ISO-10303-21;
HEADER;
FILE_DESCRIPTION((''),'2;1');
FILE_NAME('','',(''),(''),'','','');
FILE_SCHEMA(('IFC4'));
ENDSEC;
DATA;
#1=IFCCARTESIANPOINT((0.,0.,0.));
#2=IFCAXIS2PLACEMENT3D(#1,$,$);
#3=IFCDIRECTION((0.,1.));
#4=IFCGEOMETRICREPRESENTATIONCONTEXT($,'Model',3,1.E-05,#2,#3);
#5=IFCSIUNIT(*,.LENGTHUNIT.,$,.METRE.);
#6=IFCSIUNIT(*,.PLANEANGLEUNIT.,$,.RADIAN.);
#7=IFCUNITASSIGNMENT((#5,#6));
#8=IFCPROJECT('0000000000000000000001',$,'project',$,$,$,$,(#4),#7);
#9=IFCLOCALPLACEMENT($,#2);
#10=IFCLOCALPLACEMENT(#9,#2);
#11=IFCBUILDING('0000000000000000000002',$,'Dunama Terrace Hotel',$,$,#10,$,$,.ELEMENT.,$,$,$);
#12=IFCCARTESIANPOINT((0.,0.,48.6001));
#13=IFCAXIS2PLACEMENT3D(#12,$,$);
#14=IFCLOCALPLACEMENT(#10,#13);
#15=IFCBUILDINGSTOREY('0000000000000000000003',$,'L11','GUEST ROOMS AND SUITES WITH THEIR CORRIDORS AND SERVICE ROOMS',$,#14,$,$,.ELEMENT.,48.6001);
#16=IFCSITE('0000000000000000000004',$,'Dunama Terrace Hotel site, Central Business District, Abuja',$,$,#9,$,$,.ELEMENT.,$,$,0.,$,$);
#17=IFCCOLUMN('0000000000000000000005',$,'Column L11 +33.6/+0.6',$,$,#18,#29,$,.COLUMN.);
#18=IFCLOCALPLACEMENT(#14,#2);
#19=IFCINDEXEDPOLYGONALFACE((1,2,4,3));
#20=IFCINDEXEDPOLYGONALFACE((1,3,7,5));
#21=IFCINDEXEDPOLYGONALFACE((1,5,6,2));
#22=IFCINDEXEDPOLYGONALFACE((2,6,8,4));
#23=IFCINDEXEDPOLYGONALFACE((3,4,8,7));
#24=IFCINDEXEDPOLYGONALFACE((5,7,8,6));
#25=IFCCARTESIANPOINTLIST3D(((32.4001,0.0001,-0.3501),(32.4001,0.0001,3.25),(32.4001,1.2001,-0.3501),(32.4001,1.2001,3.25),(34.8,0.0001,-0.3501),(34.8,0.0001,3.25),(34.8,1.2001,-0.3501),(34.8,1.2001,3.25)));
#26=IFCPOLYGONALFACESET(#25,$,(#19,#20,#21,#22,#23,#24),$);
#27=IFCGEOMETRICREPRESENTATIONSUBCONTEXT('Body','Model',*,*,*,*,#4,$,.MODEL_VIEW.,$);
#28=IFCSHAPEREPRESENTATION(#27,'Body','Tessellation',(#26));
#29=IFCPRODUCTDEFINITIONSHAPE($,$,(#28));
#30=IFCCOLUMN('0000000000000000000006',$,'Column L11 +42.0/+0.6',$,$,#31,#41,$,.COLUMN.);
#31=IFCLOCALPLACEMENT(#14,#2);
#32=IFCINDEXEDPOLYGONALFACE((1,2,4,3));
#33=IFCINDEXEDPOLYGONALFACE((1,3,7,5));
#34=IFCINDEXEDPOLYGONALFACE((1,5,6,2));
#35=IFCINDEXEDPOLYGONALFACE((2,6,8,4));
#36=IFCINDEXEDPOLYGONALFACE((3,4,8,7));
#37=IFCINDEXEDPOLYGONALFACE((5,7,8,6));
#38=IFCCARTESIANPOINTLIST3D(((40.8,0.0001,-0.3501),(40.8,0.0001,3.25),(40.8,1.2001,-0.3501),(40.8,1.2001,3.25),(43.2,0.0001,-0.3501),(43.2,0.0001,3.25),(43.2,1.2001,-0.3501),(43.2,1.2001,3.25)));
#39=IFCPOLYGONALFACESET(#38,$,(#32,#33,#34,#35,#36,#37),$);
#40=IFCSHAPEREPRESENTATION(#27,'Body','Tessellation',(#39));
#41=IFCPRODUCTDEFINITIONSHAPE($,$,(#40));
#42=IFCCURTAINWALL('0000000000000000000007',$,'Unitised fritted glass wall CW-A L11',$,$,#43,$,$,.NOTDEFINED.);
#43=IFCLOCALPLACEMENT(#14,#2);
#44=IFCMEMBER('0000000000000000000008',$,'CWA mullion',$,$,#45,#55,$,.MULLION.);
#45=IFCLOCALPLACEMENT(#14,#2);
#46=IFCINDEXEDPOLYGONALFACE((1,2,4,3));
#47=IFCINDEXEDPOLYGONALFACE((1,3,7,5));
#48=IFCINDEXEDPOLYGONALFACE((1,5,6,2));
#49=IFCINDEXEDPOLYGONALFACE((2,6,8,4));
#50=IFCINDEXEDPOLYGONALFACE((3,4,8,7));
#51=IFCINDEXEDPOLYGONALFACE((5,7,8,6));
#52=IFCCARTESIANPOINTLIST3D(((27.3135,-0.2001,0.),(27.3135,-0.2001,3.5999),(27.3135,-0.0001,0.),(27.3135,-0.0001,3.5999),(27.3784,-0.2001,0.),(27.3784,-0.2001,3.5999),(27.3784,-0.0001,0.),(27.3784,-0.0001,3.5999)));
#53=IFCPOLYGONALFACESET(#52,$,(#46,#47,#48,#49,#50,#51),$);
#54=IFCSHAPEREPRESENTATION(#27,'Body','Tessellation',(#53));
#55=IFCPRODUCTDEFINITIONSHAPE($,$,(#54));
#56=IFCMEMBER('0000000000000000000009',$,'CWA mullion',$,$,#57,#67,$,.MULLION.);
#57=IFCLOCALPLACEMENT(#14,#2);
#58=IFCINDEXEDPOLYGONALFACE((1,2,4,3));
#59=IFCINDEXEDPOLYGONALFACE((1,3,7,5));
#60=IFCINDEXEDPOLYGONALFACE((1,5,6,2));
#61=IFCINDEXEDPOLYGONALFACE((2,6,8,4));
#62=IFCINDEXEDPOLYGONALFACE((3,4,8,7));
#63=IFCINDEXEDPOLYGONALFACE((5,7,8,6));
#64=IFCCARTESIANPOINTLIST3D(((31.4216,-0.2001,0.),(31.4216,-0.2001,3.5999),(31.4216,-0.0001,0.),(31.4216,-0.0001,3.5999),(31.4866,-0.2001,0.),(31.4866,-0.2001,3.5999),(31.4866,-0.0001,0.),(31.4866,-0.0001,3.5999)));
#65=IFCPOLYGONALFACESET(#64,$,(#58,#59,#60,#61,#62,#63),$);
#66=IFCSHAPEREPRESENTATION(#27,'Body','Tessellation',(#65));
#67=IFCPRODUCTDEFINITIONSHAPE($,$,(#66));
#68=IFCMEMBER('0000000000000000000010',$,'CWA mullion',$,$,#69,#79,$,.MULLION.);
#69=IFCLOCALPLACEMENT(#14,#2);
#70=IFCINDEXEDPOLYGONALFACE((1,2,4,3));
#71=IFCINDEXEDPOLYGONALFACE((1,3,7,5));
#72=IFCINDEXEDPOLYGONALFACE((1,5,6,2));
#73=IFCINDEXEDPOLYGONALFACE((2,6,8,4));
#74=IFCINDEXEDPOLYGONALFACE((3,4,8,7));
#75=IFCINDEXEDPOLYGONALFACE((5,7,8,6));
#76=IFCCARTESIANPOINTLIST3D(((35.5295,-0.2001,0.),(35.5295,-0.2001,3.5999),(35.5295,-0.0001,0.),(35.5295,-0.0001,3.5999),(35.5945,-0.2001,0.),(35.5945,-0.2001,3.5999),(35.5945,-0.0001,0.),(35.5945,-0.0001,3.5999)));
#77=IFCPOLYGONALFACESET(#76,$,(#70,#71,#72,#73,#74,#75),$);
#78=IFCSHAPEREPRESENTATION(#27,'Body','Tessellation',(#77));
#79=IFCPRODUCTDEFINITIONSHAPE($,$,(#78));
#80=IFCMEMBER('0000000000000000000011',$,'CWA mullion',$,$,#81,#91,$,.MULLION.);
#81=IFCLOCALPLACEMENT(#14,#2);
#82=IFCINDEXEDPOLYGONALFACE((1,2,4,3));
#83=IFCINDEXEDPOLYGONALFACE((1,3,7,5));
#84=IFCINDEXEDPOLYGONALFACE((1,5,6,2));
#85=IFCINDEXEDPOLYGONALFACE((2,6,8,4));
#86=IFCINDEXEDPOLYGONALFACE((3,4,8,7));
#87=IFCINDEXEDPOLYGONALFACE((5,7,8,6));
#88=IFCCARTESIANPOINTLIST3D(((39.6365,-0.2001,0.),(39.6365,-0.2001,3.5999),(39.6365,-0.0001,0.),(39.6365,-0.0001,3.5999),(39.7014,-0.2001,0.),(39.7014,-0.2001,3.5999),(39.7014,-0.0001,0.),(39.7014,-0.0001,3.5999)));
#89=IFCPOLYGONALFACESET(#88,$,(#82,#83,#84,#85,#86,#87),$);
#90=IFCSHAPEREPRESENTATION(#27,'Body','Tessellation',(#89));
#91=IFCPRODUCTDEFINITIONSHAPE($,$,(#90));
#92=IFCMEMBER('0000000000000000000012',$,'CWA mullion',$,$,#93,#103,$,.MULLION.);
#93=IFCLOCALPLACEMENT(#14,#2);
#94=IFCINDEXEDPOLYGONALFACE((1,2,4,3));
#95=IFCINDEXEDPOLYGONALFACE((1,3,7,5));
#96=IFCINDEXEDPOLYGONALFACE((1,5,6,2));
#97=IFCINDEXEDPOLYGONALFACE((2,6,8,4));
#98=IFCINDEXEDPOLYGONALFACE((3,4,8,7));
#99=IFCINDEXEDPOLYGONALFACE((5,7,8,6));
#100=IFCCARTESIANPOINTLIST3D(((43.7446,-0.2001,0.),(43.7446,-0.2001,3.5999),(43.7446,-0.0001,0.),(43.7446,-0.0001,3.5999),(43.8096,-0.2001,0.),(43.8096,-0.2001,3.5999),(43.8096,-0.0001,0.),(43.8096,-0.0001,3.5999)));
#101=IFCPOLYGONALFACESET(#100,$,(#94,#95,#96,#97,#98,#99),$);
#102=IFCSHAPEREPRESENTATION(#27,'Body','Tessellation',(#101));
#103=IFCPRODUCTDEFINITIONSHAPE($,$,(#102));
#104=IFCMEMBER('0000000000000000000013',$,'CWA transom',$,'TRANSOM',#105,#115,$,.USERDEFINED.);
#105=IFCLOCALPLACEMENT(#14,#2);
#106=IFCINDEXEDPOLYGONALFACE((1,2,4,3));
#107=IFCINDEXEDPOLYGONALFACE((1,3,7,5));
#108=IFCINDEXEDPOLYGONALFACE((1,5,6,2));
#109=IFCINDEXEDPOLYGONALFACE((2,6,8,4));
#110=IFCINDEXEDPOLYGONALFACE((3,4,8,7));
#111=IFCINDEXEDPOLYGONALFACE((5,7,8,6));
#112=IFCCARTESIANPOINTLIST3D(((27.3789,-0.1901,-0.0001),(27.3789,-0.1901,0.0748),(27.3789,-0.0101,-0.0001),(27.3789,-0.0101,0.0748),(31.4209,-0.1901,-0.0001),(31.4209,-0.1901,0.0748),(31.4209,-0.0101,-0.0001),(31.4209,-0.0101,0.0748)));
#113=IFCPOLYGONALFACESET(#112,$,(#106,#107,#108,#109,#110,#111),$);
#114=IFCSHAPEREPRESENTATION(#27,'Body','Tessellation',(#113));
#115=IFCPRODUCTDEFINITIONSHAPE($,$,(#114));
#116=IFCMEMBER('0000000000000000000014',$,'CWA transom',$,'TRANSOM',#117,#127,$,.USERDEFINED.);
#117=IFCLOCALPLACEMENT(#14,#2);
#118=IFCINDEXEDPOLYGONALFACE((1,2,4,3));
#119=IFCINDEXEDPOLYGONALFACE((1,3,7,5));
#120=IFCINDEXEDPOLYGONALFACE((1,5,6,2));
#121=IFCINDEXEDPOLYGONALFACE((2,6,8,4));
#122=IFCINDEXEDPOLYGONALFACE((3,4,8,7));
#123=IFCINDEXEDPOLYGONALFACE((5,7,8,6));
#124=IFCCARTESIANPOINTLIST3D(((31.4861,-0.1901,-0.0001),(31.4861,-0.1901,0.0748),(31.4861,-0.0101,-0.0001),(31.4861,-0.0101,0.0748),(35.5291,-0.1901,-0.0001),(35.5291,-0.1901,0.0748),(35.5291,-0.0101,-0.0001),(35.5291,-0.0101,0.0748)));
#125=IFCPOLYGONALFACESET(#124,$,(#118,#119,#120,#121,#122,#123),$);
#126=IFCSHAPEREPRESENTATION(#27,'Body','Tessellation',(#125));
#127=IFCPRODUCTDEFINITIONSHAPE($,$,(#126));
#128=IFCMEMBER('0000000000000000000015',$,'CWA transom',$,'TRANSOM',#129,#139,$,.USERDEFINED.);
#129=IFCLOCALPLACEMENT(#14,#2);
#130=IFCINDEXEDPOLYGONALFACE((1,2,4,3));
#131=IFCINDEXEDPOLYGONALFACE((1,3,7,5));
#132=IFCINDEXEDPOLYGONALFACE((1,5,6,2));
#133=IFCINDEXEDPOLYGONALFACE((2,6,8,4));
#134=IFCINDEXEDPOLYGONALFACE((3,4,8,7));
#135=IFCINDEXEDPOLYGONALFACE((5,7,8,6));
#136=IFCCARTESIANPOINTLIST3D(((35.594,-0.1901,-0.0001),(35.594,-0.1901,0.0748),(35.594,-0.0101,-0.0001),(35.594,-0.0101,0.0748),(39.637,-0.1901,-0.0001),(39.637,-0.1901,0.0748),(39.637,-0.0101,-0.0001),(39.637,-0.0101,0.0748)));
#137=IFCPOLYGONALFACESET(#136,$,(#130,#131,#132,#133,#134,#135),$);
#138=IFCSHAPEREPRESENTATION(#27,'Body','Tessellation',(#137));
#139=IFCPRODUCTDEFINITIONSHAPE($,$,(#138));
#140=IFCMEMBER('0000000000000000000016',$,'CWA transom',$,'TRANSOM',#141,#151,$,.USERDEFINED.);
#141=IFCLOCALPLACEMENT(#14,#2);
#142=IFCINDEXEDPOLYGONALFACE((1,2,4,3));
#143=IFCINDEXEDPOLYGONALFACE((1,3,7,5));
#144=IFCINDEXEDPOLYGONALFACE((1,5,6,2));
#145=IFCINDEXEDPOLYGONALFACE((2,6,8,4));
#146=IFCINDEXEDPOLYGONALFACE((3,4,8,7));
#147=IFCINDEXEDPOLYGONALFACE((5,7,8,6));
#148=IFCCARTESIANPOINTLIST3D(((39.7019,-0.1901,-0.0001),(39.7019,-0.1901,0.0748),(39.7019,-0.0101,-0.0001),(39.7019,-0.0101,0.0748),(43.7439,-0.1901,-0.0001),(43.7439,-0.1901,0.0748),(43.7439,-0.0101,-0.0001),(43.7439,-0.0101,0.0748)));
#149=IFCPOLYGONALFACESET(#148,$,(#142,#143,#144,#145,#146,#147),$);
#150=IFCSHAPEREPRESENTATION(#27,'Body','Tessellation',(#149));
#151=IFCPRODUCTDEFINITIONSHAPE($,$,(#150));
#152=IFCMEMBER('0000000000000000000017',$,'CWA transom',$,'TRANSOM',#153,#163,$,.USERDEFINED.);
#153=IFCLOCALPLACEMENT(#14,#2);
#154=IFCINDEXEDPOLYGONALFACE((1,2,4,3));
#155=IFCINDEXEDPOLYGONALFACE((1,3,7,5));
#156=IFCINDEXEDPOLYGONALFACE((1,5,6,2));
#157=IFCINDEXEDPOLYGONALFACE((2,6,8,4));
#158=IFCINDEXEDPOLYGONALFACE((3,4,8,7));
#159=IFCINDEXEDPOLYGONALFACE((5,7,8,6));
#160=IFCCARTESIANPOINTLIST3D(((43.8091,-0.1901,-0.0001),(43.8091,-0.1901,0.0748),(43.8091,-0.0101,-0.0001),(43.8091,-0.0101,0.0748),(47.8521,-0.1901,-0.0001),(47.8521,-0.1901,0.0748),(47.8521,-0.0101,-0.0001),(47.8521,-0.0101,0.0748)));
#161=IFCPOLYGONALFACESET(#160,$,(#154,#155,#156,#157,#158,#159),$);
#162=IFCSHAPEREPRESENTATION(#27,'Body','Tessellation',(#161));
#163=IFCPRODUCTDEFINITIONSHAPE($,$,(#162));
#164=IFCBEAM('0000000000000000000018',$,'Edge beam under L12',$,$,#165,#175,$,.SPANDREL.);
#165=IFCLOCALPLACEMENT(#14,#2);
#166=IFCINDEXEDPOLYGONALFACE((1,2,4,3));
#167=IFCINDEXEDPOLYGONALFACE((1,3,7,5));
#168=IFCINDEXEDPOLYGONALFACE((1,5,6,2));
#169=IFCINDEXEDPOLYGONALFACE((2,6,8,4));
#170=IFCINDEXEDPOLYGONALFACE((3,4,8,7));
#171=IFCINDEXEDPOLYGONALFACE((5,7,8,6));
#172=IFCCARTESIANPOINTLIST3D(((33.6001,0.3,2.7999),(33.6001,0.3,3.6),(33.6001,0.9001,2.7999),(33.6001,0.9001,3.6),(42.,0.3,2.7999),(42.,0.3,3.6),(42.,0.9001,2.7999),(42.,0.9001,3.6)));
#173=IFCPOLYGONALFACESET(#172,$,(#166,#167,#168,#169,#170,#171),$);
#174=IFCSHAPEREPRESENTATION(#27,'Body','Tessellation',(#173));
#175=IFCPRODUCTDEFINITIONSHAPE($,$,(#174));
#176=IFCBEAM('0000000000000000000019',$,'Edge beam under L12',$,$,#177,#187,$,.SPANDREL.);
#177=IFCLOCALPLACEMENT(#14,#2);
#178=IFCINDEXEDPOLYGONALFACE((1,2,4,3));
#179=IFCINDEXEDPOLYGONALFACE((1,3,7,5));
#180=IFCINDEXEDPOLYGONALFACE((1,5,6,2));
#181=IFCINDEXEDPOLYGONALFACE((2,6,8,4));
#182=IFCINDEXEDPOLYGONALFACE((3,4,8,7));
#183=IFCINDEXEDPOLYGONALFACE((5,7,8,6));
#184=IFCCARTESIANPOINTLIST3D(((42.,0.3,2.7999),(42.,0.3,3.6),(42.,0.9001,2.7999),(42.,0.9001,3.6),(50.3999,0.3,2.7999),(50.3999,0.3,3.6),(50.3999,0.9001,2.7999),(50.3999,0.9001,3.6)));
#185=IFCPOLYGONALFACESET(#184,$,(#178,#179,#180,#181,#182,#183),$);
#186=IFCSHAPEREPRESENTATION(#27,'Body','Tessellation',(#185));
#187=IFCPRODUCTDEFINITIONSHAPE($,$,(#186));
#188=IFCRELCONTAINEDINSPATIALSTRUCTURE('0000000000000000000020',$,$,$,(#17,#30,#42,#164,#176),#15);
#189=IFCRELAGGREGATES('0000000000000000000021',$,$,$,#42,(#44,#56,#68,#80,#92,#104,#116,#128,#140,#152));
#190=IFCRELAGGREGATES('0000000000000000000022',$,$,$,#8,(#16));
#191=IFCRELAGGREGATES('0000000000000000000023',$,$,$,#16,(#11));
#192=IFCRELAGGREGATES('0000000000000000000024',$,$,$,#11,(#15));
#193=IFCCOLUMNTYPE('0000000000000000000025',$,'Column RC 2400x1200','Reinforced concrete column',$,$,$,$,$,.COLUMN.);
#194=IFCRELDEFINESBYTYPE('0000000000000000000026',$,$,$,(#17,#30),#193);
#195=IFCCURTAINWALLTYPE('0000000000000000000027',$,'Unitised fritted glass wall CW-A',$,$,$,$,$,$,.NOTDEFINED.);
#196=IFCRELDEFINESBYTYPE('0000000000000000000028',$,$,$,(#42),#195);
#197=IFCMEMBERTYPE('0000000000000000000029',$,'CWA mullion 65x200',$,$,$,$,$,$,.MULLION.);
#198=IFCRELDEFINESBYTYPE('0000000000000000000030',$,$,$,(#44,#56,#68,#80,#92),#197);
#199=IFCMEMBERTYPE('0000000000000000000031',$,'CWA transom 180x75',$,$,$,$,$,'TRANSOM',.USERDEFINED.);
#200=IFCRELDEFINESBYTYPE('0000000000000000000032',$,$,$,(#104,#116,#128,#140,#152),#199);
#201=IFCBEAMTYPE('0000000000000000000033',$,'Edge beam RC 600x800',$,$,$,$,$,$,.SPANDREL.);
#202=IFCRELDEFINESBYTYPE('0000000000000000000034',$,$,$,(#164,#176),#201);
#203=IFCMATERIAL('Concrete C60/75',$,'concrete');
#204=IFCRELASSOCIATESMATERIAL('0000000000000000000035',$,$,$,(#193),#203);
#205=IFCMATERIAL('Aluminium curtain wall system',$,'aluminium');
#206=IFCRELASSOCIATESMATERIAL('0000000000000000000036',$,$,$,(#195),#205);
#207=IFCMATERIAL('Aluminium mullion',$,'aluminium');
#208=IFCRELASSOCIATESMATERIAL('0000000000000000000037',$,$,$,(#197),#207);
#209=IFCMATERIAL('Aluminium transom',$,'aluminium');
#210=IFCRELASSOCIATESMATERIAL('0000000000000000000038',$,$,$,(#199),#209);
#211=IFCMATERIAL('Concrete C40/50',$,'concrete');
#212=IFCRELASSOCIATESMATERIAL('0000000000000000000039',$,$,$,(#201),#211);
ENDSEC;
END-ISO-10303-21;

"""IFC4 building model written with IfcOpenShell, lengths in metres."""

from ifc_helpers import new_model, si_unit, direction, frame, origin, origin_2d, place, context, subcontext, project, spatial, rectangle, extrude, material, material_profile, profile_set, type_object, element, aggregate, save


model = new_model("IFC4")

# Units and contexts
model_context = context("Model", 3, precision=1e-05, world=origin(), true_north=direction((0.0, 1.0)))
body_context = subcontext(model_context, "Body", "Model", "MODEL_VIEW")
ifc_project = project(units=[si_unit("LENGTHUNIT", "METRE"), si_unit("PLANEANGLEUNIT", "RADIAN")], contexts=[model_context])

# Site, building, storey
site_placement = place(None, origin())
site = spatial("IfcSite", under=ifc_project, at=site_placement, Name="Dunama Terrace Hotel site, Central Business District, Abuja", CompositionType="ELEMENT", RefElevation=0.0)
building_placement = place(site_placement, origin())
building = spatial("IfcBuilding", under=site, at=building_placement, Name="Dunama Terrace Hotel", CompositionType="ELEMENT")
storey_placement = place(building_placement, frame((0.0, 0.0, 48.6001)))
storey = spatial("IfcBuildingStorey", under=building, at=storey_placement, Name="L11", Description="GUEST ROOMS AND SUITES WITH THEIR CORRIDORS AND SERVICE ROOMS", CompositionType="ELEMENT", Elevation=48.6001)

# Columns
ifc_material_1 = material(Name="Concrete C60/75", Category="concrete")
ifc_material_profile_1 = material_profile(ifc_material_1, rectangle(XDim=2.3999, YDim=1.2, at=origin_2d()), Name="RC 2400x1200")
ifc_profile_set_1 = profile_set([ifc_material_profile_1], Name="Concrete C60/75")
column_type = type_object("IfcColumnType", Name="Column RC 2400x1200", Description="Reinforced concrete column", PredefinedType="COLUMN", material=ifc_profile_set_1)
for number, where, z_axis, x_axis, name in (
    (1, (33.6001, 0.6001, -0.3501), (0.0, 0.0, 1.0), (1.0, 0.0, 0.0), "Column L11 +33.6/+0.6"),
    (2, (42.0, 0.6001, -0.3501), (0.0, 0.0, 1.0), (1.0, 0.0, 0.0), "Column L11 +42.0/+0.6"),
):
    element("IfcColumn", number, at=place(storey_placement, frame(where, z_axis=z_axis, x_axis=x_axis)), inside=storey, type_object=column_type, Name=name, PredefinedType="COLUMN", context=body_context, shape_type="SweptSolid", body=[
        extrude(rectangle(XDim=2.3999, YDim=1.2, at=origin_2d()), origin(), (0.0, 0.0, 1.0), 3.6001),
    ])

# Curtain wall, members
ifc_material_2 = material(Name="Aluminium curtain wall system", Category="aluminium")
curtain_wall_type = type_object("IfcCurtainWallType", Name="Unitised fritted glass wall CW-A", PredefinedType="NOTDEFINED", material=ifc_material_2)
curtain_wall_placement = place(storey_placement, origin())
curtain_wall = element("IfcCurtainWall", 3, at=curtain_wall_placement, inside=storey, type_object=curtain_wall_type, Name="Unitised fritted glass wall CW-A L11", PredefinedType="NOTDEFINED")
ifc_material_3 = material(Name="Aluminium mullion", Category="aluminium")
ifc_material_profile_2 = material_profile(ifc_material_3, rectangle(XDim=0.0649, YDim=0.2, at=origin_2d()), Name="CWA MULLION 65X200")
ifc_profile_set_2 = profile_set([ifc_material_profile_2], Name="Aluminium mullion")
member_type_1 = type_object("IfcMemberType", Name="CWA mullion 65x200", PredefinedType="MULLION", material=ifc_profile_set_2)
member_1_placement = place(storey_placement, frame((27.3459, -0.1001, 0.0), z_axis=(0.0, 0.0, 1.0), x_axis=(1.0, 0.0, 0.0)))
member_1 = element("IfcMember", 4, at=member_1_placement, type_object=member_type_1, Name="CWA mullion", PredefinedType="MULLION", context=body_context, shape_type="SweptSolid", body=[
    extrude(rectangle(XDim=0.0649, YDim=0.2, at=origin_2d()), origin(), (0.0, 0.0, 1.0), 3.5999),
])
member_2_placement = place(storey_placement, frame((31.4541, -0.1001, 0.0), z_axis=(0.0, 0.0, 1.0), x_axis=(1.0, 0.0, 0.0)))
member_2 = element("IfcMember", 5, at=member_2_placement, type_object=member_type_1, Name="CWA mullion", PredefinedType="MULLION", context=body_context, shape_type="SweptSolid", body=[
    extrude(rectangle(XDim=0.0649, YDim=0.2, at=origin_2d()), origin(), (0.0, 0.0, 1.0), 3.5999),
])
member_3_placement = place(storey_placement, frame((35.562, -0.1001, 0.0), z_axis=(0.0, 0.0, 1.0), x_axis=(1.0, 0.0, 0.0)))
member_3 = element("IfcMember", 6, at=member_3_placement, type_object=member_type_1, Name="CWA mullion", PredefinedType="MULLION", context=body_context, shape_type="SweptSolid", body=[
    extrude(rectangle(XDim=0.0649, YDim=0.2, at=origin_2d()), origin(), (0.0, 0.0, 1.0), 3.5999),
])
member_4_placement = place(storey_placement, frame((39.6689, -0.1001, 0.0), z_axis=(0.0, 0.0, 1.0), x_axis=(1.0, 0.0, 0.0)))
member_4 = element("IfcMember", 7, at=member_4_placement, type_object=member_type_1, Name="CWA mullion", PredefinedType="MULLION", context=body_context, shape_type="SweptSolid", body=[
    extrude(rectangle(XDim=0.0649, YDim=0.2, at=origin_2d()), origin(), (0.0, 0.0, 1.0), 3.5999),
])
member_5_placement = place(storey_placement, frame((43.7771, -0.1001, 0.0), z_axis=(0.0, 0.0, 1.0), x_axis=(1.0, 0.0, 0.0)))
member_5 = element("IfcMember", 8, at=member_5_placement, type_object=member_type_1, Name="CWA mullion", PredefinedType="MULLION", context=body_context, shape_type="SweptSolid", body=[
    extrude(rectangle(XDim=0.0649, YDim=0.2, at=origin_2d()), origin(), (0.0, 0.0, 1.0), 3.5999),
])
ifc_material_4 = material(Name="Aluminium transom", Category="aluminium")
ifc_material_profile_3 = material_profile(ifc_material_4, rectangle(XDim=0.1799, YDim=0.075, at=origin_2d()), Name="CWA TRANSOM 180X75")
ifc_profile_set_3 = profile_set([ifc_material_profile_3], Name="Aluminium transom")
member_type_2 = type_object("IfcMemberType", Name="CWA transom 180x75", ElementType="TRANSOM", PredefinedType="USERDEFINED", material=ifc_profile_set_3)
member_6_placement = place(storey_placement, frame((27.3789, -0.1001, 0.0374), z_axis=(1.0, 0.0, 0.0), x_axis=(0.0, 1.0, 0.0)))
member_6 = element("IfcMember", 9, at=member_6_placement, type_object=member_type_2, Name="CWA transom", ObjectType="TRANSOM", PredefinedType="USERDEFINED", context=body_context, shape_type="SweptSolid", body=[
    extrude(rectangle(XDim=0.1799, YDim=0.075, at=origin_2d()), origin(), (0.0, 0.0, 1.0), 4.042),
])
member_7_placement = place(storey_placement, frame((31.4861, -0.1001, 0.0374), z_axis=(1.0, 0.0, 0.0), x_axis=(0.0, 1.0, 0.0)))
member_7 = element("IfcMember", 10, at=member_7_placement, type_object=member_type_2, Name="CWA transom", ObjectType="TRANSOM", PredefinedType="USERDEFINED", context=body_context, shape_type="SweptSolid", body=[
    extrude(rectangle(XDim=0.1799, YDim=0.075, at=origin_2d()), origin(), (0.0, 0.0, 1.0), 4.043),
])
member_8_placement = place(storey_placement, frame((35.594, -0.1001, 0.0374), z_axis=(1.0, 0.0, 0.0), x_axis=(0.0, 1.0, 0.0)))
member_8 = element("IfcMember", 11, at=member_8_placement, type_object=member_type_2, Name="CWA transom", ObjectType="TRANSOM", PredefinedType="USERDEFINED", context=body_context, shape_type="SweptSolid", body=[
    extrude(rectangle(XDim=0.1799, YDim=0.075, at=origin_2d()), origin(), (0.0, 0.0, 1.0), 4.043),
])
member_9_placement = place(storey_placement, frame((39.7019, -0.1001, 0.0374), z_axis=(1.0, 0.0, 0.0), x_axis=(0.0, 1.0, 0.0)))
member_9 = element("IfcMember", 12, at=member_9_placement, type_object=member_type_2, Name="CWA transom", ObjectType="TRANSOM", PredefinedType="USERDEFINED", context=body_context, shape_type="SweptSolid", body=[
    extrude(rectangle(XDim=0.1799, YDim=0.075, at=origin_2d()), origin(), (0.0, 0.0, 1.0), 4.042),
])
member_10_placement = place(storey_placement, frame((43.8091, -0.1001, 0.0374), z_axis=(1.0, 0.0, 0.0), x_axis=(0.0, 1.0, 0.0)))
member_10 = element("IfcMember", 13, at=member_10_placement, type_object=member_type_2, Name="CWA transom", ObjectType="TRANSOM", PredefinedType="USERDEFINED", context=body_context, shape_type="SweptSolid", body=[
    extrude(rectangle(XDim=0.1799, YDim=0.075, at=origin_2d()), origin(), (0.0, 0.0, 1.0), 4.043),
])

# Beams
ifc_material_5 = material(Name="Concrete C40/50", Category="concrete")
ifc_material_profile_4 = material_profile(ifc_material_5, rectangle(XDim=0.6001, YDim=0.8, at=origin_2d()), Name="RC 600x800")
ifc_profile_set_4 = profile_set([ifc_material_profile_4], Name="Concrete C40/50")
beam_type = type_object("IfcBeamType", Name="Edge beam RC 600x800", PredefinedType="SPANDREL", material=ifc_profile_set_4)
for number, where, z_axis, x_axis, name in (
    (14, (33.6001, 0.6001, 3.2), (1.0, 0.0, 0.0), (0.0, 1.0, 0.0), "Edge beam under L12"),
    (15, (42.0, 0.6001, 3.2), (1.0, 0.0, 0.0), (0.0, 1.0, 0.0), "Edge beam under L12"),
):
    element("IfcBeam", number, at=place(storey_placement, frame(where, z_axis=z_axis, x_axis=x_axis)), inside=storey, type_object=beam_type, Name=name, PredefinedType="SPANDREL", context=body_context, shape_type="SweptSolid", body=[
        extrude(rectangle(XDim=0.6001, YDim=0.8, at=origin_2d()), origin(), (0.0, 0.0, 1.0), 8.3999),
    ])

aggregate(curtain_wall, [member_1, member_2, member_3, member_4, member_5, member_6, member_7, member_8, member_9, member_10])

save(model, "model.ifc")
